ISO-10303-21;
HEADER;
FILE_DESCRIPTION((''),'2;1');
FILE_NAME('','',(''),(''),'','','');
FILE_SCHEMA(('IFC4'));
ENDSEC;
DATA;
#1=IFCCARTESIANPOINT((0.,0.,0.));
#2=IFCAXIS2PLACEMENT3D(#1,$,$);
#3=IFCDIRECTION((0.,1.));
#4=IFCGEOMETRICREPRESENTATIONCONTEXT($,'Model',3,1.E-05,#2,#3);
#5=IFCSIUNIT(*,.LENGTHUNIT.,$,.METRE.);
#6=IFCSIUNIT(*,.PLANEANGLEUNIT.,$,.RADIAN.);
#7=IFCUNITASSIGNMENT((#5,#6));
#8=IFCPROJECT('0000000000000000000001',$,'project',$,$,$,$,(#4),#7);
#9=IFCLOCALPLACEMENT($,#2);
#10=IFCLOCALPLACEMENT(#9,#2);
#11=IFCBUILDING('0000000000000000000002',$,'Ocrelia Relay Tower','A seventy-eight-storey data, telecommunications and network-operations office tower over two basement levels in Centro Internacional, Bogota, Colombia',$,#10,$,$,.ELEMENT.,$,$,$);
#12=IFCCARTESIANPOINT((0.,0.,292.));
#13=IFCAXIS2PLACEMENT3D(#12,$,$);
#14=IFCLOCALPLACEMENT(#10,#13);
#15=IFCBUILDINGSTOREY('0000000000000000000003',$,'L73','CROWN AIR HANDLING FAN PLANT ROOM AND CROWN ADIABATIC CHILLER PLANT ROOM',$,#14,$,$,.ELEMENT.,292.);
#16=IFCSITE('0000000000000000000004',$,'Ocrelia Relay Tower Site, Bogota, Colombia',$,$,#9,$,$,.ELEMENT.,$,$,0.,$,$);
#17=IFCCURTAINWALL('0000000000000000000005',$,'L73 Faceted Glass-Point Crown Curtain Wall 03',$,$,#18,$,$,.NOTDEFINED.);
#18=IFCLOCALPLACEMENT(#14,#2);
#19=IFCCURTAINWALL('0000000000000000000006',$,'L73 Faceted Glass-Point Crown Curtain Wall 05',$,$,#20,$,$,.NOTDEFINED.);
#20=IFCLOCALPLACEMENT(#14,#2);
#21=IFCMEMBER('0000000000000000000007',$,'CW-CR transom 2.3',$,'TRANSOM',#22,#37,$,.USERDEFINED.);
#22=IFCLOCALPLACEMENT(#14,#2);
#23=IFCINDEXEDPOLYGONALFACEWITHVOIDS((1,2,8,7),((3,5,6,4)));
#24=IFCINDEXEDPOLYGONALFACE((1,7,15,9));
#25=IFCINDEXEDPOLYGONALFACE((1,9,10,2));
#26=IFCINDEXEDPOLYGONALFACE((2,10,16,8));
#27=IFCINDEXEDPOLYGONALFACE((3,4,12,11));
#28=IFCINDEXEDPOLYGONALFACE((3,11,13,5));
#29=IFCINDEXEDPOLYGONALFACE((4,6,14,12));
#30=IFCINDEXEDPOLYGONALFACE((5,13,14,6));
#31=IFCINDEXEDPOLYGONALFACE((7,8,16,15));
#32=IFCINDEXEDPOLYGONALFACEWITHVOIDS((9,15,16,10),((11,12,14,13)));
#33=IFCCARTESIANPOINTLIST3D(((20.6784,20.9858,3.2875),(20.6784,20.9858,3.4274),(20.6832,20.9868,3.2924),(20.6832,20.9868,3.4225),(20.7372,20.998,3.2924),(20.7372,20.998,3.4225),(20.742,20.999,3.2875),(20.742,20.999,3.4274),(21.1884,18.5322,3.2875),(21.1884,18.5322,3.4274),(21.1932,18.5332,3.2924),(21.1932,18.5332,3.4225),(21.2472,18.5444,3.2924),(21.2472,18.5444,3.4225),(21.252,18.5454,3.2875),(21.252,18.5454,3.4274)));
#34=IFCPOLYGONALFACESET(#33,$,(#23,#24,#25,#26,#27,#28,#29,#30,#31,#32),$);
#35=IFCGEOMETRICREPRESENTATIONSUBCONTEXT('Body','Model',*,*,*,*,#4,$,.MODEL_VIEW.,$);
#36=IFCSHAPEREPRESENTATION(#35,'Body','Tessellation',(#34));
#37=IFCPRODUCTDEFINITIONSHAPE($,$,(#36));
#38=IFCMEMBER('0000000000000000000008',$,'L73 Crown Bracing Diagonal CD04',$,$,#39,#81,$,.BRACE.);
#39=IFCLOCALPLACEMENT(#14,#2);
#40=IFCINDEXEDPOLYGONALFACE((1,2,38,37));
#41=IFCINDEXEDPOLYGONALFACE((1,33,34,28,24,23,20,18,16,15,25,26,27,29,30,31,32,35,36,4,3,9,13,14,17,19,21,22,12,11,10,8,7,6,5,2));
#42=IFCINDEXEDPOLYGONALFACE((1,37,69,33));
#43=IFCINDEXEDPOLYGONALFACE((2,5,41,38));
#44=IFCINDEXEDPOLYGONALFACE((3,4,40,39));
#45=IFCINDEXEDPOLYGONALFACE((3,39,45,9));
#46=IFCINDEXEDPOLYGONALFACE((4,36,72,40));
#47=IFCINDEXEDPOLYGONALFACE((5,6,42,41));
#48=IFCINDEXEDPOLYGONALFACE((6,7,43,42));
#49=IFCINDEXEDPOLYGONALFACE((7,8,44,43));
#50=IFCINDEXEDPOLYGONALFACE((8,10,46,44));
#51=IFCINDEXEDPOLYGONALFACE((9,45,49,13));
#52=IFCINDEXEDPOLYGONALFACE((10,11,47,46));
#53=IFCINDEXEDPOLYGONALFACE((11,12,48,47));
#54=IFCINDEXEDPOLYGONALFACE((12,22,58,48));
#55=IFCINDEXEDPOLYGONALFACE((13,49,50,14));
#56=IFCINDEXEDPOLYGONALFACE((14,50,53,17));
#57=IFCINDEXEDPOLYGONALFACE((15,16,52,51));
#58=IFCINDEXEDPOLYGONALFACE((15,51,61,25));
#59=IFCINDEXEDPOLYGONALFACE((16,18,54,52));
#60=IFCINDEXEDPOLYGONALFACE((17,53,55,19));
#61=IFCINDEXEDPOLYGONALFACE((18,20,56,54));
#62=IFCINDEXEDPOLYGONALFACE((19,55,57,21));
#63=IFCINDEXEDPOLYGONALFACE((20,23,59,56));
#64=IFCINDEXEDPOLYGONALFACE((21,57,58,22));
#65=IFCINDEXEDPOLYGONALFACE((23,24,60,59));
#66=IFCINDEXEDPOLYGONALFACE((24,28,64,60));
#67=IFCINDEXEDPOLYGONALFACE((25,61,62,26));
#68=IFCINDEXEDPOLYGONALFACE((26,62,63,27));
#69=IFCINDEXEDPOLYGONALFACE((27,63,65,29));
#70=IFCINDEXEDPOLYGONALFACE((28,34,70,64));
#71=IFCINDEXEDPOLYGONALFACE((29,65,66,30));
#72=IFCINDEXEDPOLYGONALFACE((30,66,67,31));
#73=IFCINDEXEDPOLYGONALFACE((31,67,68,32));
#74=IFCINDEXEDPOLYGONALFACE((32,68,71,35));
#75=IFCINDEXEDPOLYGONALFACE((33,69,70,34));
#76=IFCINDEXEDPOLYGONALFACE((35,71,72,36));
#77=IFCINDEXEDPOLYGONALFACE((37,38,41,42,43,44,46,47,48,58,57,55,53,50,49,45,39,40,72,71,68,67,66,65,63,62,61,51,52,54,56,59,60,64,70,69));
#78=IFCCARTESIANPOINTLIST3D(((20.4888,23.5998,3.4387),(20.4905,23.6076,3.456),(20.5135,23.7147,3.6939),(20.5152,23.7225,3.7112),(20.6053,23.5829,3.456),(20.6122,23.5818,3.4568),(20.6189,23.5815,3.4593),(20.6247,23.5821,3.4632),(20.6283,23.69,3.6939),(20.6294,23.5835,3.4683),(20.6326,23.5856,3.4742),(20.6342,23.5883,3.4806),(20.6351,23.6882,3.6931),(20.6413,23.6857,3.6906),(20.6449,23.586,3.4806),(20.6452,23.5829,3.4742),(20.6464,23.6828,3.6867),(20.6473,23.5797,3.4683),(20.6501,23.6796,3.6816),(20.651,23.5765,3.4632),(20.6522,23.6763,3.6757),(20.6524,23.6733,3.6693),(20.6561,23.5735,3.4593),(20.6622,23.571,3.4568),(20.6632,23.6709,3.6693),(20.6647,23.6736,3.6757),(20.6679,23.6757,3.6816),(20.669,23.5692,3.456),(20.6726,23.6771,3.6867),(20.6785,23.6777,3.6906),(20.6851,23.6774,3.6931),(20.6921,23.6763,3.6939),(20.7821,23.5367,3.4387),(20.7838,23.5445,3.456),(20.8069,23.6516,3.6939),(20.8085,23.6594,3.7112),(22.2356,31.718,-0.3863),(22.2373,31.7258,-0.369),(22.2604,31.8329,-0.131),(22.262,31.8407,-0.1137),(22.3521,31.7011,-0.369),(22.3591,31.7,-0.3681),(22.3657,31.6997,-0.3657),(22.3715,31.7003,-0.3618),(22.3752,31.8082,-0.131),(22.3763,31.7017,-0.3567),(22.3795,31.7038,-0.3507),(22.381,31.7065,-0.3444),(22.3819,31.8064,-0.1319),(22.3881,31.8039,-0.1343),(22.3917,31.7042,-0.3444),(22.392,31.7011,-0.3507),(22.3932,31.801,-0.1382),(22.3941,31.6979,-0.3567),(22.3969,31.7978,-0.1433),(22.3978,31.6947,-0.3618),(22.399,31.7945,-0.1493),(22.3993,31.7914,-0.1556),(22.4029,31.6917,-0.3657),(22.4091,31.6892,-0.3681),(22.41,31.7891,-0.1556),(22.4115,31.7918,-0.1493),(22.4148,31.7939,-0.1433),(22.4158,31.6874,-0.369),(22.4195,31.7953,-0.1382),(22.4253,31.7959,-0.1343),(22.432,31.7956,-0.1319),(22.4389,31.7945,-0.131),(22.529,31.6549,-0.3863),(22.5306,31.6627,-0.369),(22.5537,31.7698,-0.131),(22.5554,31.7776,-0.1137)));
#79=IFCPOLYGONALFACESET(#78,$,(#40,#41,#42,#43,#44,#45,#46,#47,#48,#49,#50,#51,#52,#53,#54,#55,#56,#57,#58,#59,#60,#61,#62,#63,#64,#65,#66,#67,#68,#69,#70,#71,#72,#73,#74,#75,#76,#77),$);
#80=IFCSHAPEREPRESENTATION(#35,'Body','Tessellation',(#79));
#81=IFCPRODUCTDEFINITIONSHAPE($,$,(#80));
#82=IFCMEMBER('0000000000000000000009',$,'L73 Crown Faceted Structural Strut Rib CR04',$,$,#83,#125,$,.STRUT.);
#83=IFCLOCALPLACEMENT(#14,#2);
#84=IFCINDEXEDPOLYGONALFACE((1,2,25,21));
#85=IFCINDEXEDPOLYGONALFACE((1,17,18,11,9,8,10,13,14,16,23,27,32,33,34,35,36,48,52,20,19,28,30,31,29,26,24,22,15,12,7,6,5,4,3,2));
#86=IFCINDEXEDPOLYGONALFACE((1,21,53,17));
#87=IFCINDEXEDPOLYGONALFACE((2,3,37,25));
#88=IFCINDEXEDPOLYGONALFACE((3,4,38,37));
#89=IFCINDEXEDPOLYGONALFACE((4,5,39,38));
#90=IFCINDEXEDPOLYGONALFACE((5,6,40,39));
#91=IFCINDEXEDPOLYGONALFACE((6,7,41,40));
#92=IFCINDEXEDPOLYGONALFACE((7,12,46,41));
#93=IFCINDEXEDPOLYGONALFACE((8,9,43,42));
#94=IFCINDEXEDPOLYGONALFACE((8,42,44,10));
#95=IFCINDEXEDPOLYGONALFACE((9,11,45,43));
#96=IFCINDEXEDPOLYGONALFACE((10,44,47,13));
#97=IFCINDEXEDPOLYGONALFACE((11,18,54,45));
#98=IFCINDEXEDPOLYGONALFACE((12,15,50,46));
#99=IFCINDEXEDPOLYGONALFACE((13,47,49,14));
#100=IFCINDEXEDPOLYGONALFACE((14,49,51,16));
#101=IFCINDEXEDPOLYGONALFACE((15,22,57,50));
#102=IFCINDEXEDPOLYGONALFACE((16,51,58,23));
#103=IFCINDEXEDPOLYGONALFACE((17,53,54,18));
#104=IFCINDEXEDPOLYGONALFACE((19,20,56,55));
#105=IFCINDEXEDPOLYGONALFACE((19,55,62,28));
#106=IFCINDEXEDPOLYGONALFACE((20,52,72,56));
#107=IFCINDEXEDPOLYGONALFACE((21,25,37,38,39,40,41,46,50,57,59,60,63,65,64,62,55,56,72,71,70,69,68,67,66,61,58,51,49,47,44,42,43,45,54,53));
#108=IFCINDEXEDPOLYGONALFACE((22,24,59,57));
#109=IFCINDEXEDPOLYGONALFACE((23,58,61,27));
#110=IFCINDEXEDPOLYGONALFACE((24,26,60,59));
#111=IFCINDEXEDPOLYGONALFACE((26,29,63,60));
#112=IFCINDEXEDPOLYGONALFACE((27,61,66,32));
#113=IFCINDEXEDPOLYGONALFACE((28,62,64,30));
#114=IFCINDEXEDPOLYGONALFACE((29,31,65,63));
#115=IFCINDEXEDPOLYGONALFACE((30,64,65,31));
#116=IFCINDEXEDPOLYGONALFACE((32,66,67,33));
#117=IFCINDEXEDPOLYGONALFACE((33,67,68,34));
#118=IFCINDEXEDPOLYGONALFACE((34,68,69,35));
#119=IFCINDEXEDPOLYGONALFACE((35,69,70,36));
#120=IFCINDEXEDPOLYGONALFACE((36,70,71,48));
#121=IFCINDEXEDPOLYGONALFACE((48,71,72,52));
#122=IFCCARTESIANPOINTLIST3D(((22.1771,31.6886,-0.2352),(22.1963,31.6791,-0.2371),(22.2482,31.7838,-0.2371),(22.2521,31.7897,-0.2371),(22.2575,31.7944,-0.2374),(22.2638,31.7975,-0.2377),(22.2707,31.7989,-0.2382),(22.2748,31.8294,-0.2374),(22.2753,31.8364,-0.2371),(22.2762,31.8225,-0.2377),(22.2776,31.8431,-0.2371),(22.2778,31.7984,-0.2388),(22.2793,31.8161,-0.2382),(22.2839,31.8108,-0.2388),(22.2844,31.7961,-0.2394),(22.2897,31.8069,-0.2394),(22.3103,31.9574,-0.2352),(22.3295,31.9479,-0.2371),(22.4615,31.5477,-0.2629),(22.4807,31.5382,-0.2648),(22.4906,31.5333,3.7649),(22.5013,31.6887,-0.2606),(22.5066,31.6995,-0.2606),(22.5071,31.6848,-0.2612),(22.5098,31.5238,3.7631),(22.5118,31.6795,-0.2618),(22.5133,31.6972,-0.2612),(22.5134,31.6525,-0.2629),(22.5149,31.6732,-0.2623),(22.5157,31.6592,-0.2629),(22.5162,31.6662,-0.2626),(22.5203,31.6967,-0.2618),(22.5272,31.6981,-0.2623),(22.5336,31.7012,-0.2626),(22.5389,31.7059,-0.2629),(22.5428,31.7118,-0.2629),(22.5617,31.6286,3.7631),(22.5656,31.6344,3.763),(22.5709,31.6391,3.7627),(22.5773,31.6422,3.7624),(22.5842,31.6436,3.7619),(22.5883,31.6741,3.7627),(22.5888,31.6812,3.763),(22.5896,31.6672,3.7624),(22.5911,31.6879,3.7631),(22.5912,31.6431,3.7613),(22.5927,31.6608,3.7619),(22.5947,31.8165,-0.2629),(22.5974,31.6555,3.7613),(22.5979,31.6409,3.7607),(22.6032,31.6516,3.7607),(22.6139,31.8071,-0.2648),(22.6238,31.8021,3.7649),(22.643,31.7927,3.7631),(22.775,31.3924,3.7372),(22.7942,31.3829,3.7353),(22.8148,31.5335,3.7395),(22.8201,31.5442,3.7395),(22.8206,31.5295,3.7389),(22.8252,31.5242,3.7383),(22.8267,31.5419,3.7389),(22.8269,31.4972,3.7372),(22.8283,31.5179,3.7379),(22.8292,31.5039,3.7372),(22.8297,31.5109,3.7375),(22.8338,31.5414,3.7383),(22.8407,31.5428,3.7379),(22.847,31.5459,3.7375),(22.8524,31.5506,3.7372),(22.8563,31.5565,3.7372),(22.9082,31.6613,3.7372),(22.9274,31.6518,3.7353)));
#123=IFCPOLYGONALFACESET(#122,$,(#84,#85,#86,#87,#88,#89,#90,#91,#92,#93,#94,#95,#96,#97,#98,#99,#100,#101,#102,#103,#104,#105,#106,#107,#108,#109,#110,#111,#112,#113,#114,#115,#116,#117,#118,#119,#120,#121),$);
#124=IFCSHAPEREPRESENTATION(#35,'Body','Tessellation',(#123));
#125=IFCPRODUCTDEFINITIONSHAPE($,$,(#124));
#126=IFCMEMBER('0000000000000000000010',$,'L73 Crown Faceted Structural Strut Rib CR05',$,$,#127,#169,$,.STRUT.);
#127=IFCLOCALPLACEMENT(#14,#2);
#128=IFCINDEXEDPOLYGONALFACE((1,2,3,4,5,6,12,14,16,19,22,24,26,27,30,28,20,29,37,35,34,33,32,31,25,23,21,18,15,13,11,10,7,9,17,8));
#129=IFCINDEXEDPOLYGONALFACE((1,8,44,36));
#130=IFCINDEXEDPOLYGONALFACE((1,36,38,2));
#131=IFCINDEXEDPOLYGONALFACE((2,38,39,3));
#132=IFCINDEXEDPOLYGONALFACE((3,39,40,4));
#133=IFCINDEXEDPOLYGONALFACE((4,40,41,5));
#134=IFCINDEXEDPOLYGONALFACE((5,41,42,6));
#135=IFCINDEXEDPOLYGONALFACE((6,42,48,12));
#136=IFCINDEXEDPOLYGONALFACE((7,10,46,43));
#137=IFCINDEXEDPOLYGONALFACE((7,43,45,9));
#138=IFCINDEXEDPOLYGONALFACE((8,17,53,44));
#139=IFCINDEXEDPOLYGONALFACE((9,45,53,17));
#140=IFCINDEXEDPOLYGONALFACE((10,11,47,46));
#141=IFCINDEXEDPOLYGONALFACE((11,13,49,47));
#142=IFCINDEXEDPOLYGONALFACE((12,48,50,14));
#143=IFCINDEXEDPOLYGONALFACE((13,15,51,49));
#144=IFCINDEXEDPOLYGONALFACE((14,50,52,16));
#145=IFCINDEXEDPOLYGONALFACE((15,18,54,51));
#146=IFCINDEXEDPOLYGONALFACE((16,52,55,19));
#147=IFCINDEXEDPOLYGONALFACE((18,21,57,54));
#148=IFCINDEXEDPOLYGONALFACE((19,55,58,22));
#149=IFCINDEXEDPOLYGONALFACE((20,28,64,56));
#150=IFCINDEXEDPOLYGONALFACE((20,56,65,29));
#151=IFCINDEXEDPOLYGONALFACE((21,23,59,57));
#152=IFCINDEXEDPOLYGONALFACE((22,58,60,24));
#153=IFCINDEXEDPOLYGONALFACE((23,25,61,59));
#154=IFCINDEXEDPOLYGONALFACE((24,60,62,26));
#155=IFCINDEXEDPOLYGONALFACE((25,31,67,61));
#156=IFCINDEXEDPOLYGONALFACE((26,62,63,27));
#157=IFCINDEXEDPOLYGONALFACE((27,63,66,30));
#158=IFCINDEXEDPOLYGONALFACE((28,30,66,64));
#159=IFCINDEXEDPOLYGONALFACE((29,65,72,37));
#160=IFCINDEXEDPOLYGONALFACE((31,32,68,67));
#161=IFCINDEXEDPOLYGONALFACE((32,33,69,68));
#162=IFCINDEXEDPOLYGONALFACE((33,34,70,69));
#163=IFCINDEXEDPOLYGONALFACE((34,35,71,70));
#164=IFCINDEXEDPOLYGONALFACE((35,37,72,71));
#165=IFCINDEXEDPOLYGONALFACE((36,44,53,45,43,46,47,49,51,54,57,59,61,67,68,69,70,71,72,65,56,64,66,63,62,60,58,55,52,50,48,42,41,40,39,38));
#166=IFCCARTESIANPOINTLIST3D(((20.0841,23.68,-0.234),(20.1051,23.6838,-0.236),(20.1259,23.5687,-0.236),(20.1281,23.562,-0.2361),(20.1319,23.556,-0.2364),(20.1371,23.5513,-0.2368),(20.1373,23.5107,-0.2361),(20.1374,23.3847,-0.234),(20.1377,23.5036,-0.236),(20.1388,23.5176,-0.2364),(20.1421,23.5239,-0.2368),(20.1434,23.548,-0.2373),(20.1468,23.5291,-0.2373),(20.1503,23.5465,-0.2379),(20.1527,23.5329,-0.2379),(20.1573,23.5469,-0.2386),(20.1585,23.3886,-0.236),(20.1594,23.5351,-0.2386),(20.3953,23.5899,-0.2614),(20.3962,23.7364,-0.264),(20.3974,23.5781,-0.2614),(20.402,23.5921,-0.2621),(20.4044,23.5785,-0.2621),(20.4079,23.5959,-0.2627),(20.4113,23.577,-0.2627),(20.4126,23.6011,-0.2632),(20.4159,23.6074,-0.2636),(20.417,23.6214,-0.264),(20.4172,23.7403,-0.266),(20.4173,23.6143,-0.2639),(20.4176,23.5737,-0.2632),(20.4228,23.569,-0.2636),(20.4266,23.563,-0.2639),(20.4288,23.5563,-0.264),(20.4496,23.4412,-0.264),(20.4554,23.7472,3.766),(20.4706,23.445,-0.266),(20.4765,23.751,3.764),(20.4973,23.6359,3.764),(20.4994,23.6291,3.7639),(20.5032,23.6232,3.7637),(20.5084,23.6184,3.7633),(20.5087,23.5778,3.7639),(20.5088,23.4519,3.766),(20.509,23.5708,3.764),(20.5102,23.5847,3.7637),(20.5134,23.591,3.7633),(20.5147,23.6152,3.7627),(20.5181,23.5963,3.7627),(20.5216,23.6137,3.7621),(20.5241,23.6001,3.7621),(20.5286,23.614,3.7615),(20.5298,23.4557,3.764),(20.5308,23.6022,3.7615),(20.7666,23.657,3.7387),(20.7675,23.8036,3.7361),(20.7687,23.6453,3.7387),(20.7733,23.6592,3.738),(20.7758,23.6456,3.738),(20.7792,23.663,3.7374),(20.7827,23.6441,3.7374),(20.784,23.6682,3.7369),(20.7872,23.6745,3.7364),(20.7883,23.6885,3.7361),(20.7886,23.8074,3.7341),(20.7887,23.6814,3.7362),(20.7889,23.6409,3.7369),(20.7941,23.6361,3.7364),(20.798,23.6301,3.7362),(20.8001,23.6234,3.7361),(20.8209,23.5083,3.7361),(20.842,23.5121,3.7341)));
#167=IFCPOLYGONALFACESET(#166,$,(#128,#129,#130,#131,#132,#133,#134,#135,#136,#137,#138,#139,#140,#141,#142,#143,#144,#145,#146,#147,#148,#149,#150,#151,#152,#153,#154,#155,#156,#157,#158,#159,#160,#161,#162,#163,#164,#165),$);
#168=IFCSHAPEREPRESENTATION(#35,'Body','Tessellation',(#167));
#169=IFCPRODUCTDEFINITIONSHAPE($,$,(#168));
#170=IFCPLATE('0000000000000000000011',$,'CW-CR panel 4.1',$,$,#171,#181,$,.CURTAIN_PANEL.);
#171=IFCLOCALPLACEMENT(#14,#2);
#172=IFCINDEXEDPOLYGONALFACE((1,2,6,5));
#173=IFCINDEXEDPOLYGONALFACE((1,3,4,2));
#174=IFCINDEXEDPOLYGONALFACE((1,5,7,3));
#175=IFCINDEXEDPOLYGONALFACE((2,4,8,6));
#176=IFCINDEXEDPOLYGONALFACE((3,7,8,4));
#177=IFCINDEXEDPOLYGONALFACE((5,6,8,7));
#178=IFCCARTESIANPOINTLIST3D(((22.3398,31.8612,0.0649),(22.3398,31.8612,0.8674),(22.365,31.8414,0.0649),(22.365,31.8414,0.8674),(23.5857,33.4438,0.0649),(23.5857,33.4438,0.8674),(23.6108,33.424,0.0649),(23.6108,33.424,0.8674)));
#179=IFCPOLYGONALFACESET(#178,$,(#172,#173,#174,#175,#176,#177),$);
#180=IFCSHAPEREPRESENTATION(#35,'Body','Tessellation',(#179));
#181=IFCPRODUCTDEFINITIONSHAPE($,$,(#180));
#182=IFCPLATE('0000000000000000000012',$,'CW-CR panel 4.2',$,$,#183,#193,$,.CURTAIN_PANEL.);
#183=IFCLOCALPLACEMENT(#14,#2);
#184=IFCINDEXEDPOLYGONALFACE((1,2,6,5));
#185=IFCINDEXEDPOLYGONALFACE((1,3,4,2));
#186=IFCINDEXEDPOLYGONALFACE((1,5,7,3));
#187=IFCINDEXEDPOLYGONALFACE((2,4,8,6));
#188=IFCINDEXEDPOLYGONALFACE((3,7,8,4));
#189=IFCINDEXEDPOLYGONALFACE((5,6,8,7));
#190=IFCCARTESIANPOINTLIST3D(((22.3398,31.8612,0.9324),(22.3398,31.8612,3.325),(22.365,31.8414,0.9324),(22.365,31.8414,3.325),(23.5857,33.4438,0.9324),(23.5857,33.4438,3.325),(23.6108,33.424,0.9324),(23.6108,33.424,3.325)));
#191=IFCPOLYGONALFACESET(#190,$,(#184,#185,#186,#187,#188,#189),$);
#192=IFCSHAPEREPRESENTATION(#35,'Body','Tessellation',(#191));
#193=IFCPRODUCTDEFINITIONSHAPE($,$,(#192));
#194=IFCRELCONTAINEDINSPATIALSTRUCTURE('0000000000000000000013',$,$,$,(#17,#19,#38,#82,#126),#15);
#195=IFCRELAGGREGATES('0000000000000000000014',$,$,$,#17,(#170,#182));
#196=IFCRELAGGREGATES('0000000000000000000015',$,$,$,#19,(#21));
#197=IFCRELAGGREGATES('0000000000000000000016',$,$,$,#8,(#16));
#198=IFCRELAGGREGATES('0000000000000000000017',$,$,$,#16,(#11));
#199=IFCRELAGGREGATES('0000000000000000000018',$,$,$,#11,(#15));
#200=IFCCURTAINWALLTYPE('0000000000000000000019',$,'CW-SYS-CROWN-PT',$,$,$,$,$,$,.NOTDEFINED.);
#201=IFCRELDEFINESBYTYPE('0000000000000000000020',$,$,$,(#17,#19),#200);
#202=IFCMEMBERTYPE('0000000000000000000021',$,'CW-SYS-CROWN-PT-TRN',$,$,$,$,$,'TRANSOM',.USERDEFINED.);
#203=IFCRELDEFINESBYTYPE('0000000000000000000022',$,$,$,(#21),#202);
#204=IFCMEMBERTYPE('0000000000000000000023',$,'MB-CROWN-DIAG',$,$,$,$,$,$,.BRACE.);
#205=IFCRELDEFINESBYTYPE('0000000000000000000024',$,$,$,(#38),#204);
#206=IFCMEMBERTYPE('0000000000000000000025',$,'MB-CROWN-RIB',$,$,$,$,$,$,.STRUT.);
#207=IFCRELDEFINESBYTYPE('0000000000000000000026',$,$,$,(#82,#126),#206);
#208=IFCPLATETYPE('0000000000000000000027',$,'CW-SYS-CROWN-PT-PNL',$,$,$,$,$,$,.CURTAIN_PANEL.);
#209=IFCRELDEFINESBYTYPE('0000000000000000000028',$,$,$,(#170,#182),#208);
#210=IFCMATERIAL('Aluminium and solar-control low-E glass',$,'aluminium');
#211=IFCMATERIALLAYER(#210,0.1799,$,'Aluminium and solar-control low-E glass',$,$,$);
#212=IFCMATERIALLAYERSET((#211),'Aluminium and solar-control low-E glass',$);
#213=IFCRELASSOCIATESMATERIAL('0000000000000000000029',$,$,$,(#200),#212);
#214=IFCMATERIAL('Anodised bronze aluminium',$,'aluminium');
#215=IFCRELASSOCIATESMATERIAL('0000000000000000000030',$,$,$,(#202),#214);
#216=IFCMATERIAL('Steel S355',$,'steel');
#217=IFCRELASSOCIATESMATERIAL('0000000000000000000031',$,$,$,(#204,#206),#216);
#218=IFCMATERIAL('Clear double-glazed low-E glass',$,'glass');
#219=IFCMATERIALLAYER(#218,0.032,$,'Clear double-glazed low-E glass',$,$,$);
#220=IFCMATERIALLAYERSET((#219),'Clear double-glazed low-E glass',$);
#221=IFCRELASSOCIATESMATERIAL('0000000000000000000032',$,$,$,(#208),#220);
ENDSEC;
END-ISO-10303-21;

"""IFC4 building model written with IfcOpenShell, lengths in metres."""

from ifc_helpers import new_model, si_unit, direction, frame, origin, origin_2d, place, context, subcontext, project, spatial, rectangle, hollow_rectangle, i_section, extrude, material, layer, layer_set, material_profile, profile_set, type_object, element, aggregate, save


model = new_model("IFC4")

# Units and contexts
model_context = context("Model", 3, precision=1e-05, world=origin(), true_north=direction((0.0, 1.0)))
body_context = subcontext(model_context, "Body", "Model", "MODEL_VIEW")
ifc_project = project(units=[si_unit("LENGTHUNIT", "METRE"), si_unit("PLANEANGLEUNIT", "RADIAN")], contexts=[model_context])

# Site, building, storey
site_placement = place(None, origin())
site = spatial("IfcSite", under=ifc_project, at=site_placement, Name="Ocrelia Relay Tower Site, Bogota, Colombia", CompositionType="ELEMENT", RefElevation=0.0)
building_placement = place(site_placement, origin())
building = spatial("IfcBuilding", under=site, at=building_placement, Name="Ocrelia Relay Tower", Description="A seventy-eight-storey data, telecommunications and network-operations office tower over two basement levels in Centro Internacional, Bogota, Colombia", CompositionType="ELEMENT")
storey_placement = place(building_placement, frame((0.0, 0.0, 292.0)))
storey = spatial("IfcBuildingStorey", under=building, at=storey_placement, Name="L73", Description="CROWN AIR HANDLING FAN PLANT ROOM AND CROWN ADIABATIC CHILLER PLANT ROOM", CompositionType="ELEMENT", Elevation=292.0)

# Shared definitions
ifc_material_1 = material(Name="Steel S355", Category="steel")

# Curtain wall
ifc_material_2 = material(Name="Aluminium and solar-control low-E glass", Category="aluminium")
ifc_layer_1 = layer(ifc_material_2, 0.1799, Name="Aluminium and solar-control low-E glass")
ifc_layer_set_1 = layer_set([ifc_layer_1], Name="Aluminium and solar-control low-E glass")
curtain_wall_type = type_object("IfcCurtainWallType", Name="CW-SYS-CROWN-PT", PredefinedType="NOTDEFINED", material=ifc_layer_set_1)
curtain_wall_1_placement = place(storey_placement, origin())
curtain_wall_1 = element("IfcCurtainWall", 1, at=curtain_wall_1_placement, inside=storey, type_object=curtain_wall_type, Name="L73 Faceted Glass-Point Crown Curtain Wall 03", PredefinedType="NOTDEFINED")
ifc_material_3 = material(Name="Anodised bronze aluminium", Category="aluminium")

# Curtain wall
curtain_wall_2_placement = place(storey_placement, origin())
curtain_wall_2 = element("IfcCurtainWall", 2, at=curtain_wall_2_placement, inside=storey, type_object=curtain_wall_type, Name="L73 Faceted Glass-Point Crown Curtain Wall 05", PredefinedType="NOTDEFINED")

# Member
ifc_material_profile_1 = material_profile(ifc_material_3, hollow_rectangle(XDim=0.0649, YDim=0.1399, WallThickness=0.0049, at=origin_2d()), Name="CW-TRN-140x65")
ifc_profile_set_1 = profile_set([ifc_material_profile_1], Name="Anodised bronze aluminium")
member_type_1 = type_object("IfcMemberType", Name="CW-SYS-CROWN-PT-TRN", ElementType="TRANSOM", PredefinedType="USERDEFINED", material=ifc_profile_set_1)
member_1_placement = place(storey_placement, frame((20.7102, 20.9924, 3.3574), z_axis=(0.203511, -0.979073, 0.0), x_axis=(0.979073, 0.203511, 0.0)))
member_1 = element("IfcMember", 3, at=member_1_placement, type_object=member_type_1, Name="CW-CR transom 2.3", ObjectType="TRANSOM", PredefinedType="USERDEFINED", context=body_context, shape_type="SweptSolid", body=[
    extrude(hollow_rectangle(XDim=0.0649, YDim=0.1399, WallThickness=0.0049, at=origin_2d()), origin(), (0.0, 0.0, 1.0), 2.5061),
])

# Members
ifc_material_profile_2 = material_profile(ifc_material_1, i_section(OverallWidth=0.3, OverallDepth=0.3, WebThickness=0.011, FlangeThickness=0.019, FilletRadius=0.0271, at=origin_2d()), Name="HEB 300")
ifc_profile_set_2 = profile_set([ifc_material_profile_2], Name="Steel S355")
member_type_2 = type_object("IfcMemberType", Name="MB-CROWN-DIAG", PredefinedType="BRACE", material=ifc_profile_set_2)
member_2_placement = place(storey_placement, frame((22.3955, 31.7478, -0.25), z_axis=(-0.191066, -0.887954, 0.418368), x_axis=(0.977624, -0.21036, 0.0)))
element("IfcMember", 4, at=member_2_placement, inside=storey, type_object=member_type_2, Name="L73 Crown Bracing Diagonal CD04", PredefinedType="BRACE", context=body_context, shape_type="SweptSolid", body=[
    extrude(i_section(OverallWidth=0.3, OverallDepth=0.3, WebThickness=0.011, FlangeThickness=0.019, FilletRadius=0.0271, at=origin_2d()), origin(), (0.0, 0.0, 1.0), 9.1426),
])
ifc_material_profile_3 = material_profile(ifc_material_1, i_section(OverallWidth=0.3, OverallDepth=0.3401, WebThickness=0.012, FlangeThickness=0.0215, FilletRadius=0.0271, at=origin_2d()), Name="HEB 340")
ifc_profile_set_3 = profile_set([ifc_material_profile_3], Name="Steel S355")
member_type_3 = type_object("IfcMemberType", Name="MB-CROWN-RIB", PredefinedType="STRUT", material=ifc_profile_set_3)
member_3_placement = place(storey_placement, frame((22.3955, 31.7478, -0.25), z_axis=(0.078071, -0.038671, 0.996198), x_axis=(0.443861, 0.896096, 0.0)))
element("IfcMember", 5, at=member_3_placement, inside=storey, type_object=member_type_3, Name="L73 Crown Faceted Structural Strut Rib CR04", PredefinedType="STRUT", context=body_context, shape_type="SweptSolid", body=[
    extrude(i_section(OverallWidth=0.3, OverallDepth=0.3401, WebThickness=0.012, FlangeThickness=0.0215, FilletRadius=0.0271, at=origin_2d()), origin(), (0.0, 0.0, 1.0), 4.0154),
])
member_4_placement = place(storey_placement, frame((20.2773, 23.5625, -0.25), z_axis=(0.092424, 0.01671, 0.99558), x_axis=(-0.177917, 0.984045, 0.0)))
element("IfcMember", 6, at=member_4_placement, inside=storey, type_object=member_type_3, Name="L73 Crown Faceted Structural Strut Rib CR05", PredefinedType="STRUT", context=body_context, shape_type="SweptSolid", body=[
    extrude(i_section(OverallWidth=0.3, OverallDepth=0.3401, WebThickness=0.012, FlangeThickness=0.0215, FilletRadius=0.0271, at=origin_2d()), origin(), (0.0, 0.0, 1.0), 4.0178),
])

# Plates
ifc_material_4 = material(Name="Clear double-glazed low-E glass", Category="glass")
ifc_layer_2 = layer(ifc_material_4, 0.032, Name="Clear double-glazed low-E glass")
ifc_layer_set_2 = layer_set([ifc_layer_2], Name="Clear double-glazed low-E glass")
plate_type = type_object("IfcPlateType", Name="CW-SYS-CROWN-PT-PNL", PredefinedType="CURTAIN_PANEL", material=ifc_layer_set_2)
plate_1_placement = place(storey_placement, frame((22.9753, 32.6426, 0.0649), z_axis=(0.0, 0.0, 1.0), x_axis=(-0.618554, -0.785742, 0.0)))
plate_1 = element("IfcPlate", 7, at=plate_1_placement, type_object=plate_type, Name="CW-CR panel 4.1", PredefinedType="CURTAIN_PANEL", context=body_context, shape_type="SweptSolid", body=[
    extrude(rectangle(XDim=2.0142, YDim=0.032, at=origin_2d()), origin(), (0.0, 0.0, 1.0), 0.8025),
])
plate_2_placement = place(storey_placement, frame((22.9753, 32.6426, 0.9324), z_axis=(0.0, 0.0, 1.0), x_axis=(-0.618554, -0.785742, 0.0)))
plate_2 = element("IfcPlate", 8, at=plate_2_placement, type_object=plate_type, Name="CW-CR panel 4.2", PredefinedType="CURTAIN_PANEL", context=body_context, shape_type="SweptSolid", body=[
    extrude(rectangle(XDim=2.0142, YDim=0.032, at=origin_2d()), origin(), (0.0, 0.0, 1.0), 2.3926),
])
aggregate(curtain_wall_1, [plate_1, plate_2])
aggregate(curtain_wall_2, [member_1])

save(model, "model.ifc")
